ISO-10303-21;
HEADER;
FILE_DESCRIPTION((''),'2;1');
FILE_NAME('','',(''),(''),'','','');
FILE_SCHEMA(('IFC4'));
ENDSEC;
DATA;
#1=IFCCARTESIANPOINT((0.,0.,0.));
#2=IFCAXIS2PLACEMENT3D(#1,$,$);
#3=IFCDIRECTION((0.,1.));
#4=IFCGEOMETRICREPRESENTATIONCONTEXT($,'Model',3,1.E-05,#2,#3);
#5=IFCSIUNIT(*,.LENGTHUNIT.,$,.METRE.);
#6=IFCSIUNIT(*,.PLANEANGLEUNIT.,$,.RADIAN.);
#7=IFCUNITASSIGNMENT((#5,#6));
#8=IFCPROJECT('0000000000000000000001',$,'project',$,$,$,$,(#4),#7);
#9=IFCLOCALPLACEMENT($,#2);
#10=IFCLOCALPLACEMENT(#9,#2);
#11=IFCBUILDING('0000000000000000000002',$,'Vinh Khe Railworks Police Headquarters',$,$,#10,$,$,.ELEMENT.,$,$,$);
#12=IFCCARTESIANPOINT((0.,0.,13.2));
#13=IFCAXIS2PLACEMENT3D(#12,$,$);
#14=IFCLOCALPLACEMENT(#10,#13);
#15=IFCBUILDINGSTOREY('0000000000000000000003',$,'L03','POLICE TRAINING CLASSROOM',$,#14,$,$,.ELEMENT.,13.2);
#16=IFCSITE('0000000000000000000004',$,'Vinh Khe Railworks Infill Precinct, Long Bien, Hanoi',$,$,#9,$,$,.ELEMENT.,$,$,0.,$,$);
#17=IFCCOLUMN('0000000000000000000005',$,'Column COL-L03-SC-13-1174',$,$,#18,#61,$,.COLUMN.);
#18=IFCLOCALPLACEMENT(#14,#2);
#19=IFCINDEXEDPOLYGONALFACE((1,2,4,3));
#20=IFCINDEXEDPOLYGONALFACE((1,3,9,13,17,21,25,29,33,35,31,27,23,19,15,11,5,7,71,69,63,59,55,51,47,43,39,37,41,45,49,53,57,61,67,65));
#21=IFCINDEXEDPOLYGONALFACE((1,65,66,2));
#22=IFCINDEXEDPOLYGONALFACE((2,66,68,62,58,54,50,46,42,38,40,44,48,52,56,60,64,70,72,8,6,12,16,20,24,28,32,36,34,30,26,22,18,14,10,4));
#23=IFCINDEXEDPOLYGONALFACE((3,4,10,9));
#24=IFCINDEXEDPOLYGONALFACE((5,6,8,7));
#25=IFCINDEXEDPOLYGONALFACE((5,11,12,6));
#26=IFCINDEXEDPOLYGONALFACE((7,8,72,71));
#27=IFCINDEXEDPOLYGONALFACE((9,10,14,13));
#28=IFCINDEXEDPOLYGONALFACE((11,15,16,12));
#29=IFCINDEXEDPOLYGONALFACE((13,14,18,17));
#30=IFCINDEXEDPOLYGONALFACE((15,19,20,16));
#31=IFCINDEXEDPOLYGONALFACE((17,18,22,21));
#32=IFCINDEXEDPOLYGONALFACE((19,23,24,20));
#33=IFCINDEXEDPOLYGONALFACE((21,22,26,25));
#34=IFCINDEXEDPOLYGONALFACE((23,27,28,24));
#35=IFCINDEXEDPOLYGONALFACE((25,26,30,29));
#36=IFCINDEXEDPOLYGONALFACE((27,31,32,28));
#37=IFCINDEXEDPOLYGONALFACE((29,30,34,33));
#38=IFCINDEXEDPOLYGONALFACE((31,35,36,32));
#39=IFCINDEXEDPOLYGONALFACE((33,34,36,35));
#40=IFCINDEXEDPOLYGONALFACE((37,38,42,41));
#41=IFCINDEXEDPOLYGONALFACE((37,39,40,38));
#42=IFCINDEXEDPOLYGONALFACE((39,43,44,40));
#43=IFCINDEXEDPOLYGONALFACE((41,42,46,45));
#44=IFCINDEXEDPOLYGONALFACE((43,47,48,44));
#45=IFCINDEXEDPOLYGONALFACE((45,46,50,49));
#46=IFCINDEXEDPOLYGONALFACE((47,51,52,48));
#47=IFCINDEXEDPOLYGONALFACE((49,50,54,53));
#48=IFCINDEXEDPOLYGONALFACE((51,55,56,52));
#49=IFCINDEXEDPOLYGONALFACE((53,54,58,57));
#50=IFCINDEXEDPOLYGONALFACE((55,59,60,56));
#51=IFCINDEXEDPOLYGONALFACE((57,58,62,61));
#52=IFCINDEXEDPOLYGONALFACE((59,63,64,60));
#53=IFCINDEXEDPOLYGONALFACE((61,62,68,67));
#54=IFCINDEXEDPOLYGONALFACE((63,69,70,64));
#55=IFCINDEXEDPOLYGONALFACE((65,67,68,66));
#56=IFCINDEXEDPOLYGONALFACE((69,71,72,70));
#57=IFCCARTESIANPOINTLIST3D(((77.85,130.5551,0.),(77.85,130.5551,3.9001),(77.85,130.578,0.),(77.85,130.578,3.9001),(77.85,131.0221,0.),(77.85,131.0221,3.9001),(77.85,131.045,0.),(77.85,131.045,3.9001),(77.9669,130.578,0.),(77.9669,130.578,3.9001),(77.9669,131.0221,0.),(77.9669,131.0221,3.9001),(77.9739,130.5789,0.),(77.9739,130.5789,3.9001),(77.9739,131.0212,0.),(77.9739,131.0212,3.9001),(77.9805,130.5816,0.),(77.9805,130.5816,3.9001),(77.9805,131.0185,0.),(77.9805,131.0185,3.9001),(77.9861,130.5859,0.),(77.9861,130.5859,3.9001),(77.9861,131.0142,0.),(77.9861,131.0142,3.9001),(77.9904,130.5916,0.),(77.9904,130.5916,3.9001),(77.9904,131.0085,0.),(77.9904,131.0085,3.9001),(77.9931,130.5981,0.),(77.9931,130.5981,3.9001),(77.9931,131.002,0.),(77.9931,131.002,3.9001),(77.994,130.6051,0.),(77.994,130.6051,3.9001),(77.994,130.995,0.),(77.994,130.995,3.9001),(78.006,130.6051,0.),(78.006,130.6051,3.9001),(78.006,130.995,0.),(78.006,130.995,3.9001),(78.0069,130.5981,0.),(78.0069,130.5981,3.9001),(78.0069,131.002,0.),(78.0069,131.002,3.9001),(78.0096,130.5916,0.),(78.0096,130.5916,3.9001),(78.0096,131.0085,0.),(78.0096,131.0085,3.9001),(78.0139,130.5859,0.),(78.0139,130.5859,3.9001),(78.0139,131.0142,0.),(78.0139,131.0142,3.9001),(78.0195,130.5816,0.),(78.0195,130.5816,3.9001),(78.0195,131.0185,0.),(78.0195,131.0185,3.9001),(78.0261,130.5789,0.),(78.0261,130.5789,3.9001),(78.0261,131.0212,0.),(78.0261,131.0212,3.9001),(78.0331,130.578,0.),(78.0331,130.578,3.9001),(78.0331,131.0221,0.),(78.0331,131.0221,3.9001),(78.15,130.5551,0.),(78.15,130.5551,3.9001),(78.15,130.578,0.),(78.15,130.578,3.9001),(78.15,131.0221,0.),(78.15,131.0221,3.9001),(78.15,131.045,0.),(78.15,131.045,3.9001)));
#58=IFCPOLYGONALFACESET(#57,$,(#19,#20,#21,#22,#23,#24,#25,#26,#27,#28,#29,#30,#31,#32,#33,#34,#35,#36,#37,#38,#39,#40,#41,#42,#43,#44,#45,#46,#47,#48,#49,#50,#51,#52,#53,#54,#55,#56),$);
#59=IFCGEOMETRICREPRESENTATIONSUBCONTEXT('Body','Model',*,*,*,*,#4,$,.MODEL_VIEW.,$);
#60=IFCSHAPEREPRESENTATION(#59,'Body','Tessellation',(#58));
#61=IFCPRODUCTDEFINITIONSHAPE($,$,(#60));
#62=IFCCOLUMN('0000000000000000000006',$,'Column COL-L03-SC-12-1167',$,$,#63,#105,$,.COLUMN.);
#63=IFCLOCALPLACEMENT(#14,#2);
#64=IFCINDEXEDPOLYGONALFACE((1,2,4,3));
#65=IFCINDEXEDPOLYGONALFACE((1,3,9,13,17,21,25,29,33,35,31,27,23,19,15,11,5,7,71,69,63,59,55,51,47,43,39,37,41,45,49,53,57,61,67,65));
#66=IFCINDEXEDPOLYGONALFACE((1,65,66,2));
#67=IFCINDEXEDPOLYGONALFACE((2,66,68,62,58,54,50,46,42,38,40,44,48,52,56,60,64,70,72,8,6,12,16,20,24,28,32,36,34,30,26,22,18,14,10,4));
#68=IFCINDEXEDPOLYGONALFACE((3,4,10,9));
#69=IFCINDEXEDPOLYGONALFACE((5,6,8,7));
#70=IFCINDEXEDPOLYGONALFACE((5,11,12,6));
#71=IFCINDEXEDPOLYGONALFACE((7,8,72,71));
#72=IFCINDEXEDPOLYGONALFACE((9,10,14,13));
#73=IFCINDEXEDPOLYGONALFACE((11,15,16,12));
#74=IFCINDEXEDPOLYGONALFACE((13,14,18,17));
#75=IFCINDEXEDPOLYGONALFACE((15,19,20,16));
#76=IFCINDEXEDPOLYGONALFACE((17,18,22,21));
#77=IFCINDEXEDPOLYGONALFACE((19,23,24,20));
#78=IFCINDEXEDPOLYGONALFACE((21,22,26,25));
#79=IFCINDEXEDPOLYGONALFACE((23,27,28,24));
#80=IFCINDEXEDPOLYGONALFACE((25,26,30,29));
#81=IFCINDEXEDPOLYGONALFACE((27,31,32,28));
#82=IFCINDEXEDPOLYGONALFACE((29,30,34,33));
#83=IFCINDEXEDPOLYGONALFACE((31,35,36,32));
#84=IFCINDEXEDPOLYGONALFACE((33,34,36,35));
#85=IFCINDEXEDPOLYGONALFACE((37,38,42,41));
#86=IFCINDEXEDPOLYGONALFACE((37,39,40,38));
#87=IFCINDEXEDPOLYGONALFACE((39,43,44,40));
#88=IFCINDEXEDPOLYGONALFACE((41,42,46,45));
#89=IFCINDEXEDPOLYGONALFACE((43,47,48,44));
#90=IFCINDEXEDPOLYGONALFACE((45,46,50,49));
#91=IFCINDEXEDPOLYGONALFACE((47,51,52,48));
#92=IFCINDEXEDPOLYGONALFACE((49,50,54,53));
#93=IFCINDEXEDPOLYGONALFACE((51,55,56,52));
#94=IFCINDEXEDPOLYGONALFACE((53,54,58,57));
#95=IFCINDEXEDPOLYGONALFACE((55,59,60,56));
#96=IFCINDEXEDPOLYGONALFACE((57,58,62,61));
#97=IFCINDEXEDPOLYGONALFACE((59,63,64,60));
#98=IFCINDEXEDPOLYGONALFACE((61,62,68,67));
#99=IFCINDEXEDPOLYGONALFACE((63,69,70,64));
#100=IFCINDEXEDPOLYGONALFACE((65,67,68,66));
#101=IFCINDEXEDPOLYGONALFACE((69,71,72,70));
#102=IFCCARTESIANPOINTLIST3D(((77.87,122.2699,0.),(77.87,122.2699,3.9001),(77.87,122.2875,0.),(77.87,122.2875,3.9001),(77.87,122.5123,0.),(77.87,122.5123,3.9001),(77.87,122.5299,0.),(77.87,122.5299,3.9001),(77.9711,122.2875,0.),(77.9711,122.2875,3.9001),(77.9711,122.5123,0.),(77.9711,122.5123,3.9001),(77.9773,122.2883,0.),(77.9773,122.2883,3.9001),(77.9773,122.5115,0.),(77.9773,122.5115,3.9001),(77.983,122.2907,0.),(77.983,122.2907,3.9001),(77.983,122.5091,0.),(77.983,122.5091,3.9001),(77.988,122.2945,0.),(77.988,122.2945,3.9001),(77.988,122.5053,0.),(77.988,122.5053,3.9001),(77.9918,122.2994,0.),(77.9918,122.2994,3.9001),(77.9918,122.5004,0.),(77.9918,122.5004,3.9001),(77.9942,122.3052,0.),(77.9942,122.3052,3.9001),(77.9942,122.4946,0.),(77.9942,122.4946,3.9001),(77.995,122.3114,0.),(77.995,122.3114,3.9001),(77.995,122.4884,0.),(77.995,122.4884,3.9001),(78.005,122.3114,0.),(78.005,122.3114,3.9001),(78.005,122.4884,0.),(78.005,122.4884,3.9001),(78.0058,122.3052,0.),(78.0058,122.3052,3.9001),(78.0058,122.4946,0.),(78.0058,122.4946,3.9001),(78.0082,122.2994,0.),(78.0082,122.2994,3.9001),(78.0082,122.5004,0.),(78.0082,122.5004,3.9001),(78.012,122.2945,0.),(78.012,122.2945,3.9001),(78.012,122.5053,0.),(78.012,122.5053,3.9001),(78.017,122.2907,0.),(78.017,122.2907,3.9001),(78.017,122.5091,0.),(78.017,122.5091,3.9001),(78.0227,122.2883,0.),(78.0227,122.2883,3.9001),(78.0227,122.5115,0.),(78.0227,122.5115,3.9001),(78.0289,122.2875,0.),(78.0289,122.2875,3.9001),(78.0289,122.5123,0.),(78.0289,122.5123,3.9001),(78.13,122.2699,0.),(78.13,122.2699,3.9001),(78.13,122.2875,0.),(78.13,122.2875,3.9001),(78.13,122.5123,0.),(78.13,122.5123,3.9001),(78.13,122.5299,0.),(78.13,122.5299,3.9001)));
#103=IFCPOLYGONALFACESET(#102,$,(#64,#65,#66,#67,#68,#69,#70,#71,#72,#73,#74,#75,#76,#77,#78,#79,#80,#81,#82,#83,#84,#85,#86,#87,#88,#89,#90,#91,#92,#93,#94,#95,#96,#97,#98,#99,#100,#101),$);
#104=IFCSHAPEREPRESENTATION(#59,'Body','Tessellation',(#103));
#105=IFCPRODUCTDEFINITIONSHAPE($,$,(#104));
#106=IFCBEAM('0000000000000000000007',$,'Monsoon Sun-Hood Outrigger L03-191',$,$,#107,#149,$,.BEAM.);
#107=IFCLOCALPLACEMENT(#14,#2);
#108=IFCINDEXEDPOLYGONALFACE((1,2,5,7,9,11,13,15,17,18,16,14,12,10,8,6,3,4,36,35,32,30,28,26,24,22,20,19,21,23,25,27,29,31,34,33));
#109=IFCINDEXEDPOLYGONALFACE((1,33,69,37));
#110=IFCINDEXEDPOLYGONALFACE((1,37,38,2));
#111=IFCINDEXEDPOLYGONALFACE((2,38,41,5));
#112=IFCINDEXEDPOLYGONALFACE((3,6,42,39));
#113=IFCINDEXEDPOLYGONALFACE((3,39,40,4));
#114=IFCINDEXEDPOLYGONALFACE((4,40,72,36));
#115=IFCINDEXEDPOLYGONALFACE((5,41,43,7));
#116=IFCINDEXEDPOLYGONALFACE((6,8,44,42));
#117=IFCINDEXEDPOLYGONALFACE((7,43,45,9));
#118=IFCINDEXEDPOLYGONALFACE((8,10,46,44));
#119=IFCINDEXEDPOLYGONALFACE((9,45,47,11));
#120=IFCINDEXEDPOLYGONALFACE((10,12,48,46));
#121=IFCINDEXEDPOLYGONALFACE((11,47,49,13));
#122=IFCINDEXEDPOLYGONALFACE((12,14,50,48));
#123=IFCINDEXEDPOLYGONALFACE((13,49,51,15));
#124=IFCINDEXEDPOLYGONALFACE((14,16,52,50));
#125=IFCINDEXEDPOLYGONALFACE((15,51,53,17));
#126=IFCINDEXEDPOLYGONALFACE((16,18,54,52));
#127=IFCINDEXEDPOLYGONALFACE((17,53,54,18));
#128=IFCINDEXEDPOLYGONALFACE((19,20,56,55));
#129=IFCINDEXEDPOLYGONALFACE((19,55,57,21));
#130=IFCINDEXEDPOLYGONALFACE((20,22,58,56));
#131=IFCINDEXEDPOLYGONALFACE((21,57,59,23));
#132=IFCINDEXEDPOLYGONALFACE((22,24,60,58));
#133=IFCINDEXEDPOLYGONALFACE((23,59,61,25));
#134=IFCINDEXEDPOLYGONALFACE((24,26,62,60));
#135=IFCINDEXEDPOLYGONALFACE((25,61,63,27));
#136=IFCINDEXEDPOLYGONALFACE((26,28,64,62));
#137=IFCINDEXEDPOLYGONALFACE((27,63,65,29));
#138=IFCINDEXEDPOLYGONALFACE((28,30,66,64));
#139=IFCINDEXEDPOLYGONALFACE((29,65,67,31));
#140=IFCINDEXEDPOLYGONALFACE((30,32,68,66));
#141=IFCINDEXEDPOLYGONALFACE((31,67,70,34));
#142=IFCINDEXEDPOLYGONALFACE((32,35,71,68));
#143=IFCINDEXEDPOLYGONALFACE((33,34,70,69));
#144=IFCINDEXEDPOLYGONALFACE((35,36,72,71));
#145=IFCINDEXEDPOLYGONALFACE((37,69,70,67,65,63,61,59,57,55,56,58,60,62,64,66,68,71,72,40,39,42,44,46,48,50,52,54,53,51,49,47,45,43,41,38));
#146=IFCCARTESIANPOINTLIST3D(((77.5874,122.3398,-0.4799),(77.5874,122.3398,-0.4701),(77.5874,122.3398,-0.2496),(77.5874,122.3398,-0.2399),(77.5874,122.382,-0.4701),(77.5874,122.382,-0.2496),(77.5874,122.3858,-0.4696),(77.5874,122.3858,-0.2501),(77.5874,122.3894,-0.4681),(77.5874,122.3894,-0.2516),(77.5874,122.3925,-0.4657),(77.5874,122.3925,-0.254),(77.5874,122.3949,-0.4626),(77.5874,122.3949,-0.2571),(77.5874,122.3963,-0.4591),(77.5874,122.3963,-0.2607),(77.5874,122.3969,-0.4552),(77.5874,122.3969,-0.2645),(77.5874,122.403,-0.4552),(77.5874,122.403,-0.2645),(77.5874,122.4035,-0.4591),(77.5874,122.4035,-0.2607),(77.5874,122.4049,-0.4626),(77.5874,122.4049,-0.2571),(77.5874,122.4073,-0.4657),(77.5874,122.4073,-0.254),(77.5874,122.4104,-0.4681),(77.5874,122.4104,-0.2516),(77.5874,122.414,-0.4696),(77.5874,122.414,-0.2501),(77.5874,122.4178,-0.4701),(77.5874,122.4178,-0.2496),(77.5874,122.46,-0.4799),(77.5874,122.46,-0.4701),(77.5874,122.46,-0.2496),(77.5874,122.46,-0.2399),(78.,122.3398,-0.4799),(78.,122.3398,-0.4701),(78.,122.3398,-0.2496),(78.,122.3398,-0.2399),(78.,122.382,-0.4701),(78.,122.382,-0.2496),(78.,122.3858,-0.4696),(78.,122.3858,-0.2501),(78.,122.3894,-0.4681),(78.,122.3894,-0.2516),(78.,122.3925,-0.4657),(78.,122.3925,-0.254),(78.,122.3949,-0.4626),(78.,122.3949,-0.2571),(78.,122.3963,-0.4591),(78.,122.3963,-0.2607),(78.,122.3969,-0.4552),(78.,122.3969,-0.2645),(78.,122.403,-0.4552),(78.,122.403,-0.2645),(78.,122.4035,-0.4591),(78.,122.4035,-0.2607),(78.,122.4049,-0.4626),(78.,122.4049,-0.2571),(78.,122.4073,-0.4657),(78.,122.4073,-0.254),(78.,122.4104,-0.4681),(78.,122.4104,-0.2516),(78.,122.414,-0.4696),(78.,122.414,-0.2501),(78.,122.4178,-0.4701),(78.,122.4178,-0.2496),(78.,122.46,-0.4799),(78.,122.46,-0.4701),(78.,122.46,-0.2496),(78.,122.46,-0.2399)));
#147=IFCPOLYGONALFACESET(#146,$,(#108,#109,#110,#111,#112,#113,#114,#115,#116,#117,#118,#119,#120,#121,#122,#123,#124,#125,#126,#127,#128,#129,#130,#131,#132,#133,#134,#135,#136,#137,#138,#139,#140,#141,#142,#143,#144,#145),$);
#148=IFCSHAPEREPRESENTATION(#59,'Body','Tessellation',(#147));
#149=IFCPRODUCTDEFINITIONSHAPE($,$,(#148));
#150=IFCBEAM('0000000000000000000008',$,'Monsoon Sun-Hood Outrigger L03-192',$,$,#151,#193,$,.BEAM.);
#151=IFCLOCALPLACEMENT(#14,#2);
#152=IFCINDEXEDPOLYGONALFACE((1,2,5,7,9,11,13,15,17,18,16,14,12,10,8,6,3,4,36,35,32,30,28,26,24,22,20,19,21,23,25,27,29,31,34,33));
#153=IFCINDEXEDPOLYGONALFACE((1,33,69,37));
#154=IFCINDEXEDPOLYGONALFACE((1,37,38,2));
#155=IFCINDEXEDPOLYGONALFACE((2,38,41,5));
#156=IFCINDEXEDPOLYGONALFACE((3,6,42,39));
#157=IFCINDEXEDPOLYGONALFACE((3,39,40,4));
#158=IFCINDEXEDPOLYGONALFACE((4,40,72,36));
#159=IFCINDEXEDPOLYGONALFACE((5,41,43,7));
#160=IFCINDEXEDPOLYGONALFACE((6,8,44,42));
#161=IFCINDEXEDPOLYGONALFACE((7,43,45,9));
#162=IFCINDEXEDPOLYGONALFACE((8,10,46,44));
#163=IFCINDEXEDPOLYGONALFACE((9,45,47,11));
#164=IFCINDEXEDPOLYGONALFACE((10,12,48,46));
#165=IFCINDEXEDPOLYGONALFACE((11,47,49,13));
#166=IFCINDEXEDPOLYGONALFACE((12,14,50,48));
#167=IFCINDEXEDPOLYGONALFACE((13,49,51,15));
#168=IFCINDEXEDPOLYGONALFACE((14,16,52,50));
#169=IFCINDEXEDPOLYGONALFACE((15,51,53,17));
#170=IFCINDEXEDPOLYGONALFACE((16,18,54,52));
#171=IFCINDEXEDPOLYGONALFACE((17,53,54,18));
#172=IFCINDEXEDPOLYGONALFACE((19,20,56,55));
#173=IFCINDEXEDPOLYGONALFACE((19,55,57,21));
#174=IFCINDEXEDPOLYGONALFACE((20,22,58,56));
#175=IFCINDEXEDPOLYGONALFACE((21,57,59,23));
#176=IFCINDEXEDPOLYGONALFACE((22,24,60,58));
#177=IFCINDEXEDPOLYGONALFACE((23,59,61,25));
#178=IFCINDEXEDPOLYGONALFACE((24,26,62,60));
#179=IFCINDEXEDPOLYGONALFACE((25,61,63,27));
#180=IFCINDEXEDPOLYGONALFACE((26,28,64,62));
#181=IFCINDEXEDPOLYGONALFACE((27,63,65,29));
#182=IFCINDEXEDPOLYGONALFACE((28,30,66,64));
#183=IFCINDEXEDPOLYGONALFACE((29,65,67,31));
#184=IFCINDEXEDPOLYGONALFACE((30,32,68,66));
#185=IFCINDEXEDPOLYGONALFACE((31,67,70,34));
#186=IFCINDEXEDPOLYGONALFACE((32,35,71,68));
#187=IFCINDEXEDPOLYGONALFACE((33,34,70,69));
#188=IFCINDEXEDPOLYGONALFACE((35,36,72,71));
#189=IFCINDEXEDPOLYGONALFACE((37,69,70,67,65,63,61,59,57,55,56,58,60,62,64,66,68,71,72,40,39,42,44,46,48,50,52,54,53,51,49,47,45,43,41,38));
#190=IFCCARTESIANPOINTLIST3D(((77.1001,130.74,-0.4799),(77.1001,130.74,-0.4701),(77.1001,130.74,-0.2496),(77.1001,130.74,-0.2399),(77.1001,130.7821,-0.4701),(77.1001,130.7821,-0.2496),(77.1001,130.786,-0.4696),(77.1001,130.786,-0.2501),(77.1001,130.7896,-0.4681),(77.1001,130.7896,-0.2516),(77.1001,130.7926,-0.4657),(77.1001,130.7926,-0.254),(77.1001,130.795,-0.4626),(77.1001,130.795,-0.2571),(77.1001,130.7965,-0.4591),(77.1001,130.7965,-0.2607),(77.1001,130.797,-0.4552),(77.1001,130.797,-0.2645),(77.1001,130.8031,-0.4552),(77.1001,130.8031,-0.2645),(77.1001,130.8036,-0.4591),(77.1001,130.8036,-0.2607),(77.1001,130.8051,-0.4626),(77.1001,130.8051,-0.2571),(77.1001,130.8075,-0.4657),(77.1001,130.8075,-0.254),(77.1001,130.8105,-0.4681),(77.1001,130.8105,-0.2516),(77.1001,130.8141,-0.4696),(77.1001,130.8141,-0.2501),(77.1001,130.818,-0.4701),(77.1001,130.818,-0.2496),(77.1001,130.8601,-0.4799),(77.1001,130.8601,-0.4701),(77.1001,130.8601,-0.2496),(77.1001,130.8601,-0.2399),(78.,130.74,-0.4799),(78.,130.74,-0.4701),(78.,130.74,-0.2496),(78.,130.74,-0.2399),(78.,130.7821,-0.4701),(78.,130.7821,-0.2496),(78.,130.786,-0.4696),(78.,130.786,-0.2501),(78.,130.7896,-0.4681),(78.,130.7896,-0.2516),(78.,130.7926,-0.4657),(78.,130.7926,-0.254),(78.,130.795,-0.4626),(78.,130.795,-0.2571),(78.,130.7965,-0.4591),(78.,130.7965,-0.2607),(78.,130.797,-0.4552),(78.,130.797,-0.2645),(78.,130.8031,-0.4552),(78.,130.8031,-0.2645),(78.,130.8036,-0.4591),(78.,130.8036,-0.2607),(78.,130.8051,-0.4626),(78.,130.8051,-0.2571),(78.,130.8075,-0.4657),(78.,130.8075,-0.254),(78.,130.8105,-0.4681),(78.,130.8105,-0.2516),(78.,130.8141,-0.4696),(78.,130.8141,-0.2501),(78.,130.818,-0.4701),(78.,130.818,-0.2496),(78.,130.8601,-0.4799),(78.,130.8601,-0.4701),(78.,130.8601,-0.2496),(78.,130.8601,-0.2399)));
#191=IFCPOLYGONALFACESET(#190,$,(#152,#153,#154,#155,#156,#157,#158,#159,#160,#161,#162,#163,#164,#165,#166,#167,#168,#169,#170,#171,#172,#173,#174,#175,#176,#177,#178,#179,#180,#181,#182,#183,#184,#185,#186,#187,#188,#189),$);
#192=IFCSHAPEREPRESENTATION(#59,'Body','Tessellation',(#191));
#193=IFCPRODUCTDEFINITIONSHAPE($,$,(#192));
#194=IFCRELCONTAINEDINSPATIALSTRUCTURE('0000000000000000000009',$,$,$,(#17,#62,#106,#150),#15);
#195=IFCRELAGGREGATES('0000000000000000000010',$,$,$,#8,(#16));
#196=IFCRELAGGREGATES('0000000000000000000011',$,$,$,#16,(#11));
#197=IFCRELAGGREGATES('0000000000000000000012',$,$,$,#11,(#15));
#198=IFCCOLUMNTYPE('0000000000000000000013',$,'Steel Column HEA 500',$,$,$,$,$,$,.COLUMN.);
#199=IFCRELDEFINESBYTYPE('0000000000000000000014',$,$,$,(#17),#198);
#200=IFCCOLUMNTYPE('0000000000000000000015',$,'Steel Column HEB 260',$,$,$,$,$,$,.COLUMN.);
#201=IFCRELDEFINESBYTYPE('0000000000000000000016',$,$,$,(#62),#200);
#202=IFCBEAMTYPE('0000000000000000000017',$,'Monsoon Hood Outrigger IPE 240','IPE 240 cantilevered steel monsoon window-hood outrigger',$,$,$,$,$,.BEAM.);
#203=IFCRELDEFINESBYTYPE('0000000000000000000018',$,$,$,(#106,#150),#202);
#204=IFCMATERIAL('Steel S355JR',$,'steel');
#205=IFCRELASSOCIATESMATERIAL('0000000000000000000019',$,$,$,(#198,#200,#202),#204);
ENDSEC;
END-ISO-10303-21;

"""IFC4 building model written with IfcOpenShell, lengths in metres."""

from ifc_helpers import new_model, si_unit, direction, frame, origin, origin_2d, place, context, subcontext, project, spatial, i_section, extrude, material, material_profile, profile_set, type_object, element, save


model = new_model("IFC4")

# Units and contexts
model_context = context("Model", 3, precision=1e-05, world=origin(), true_north=direction((0.0, 1.0)))
body_context = subcontext(model_context, "Body", "Model", "MODEL_VIEW")
ifc_project = project(units=[si_unit("LENGTHUNIT", "METRE"), si_unit("PLANEANGLEUNIT", "RADIAN")], contexts=[model_context])

# Site, building, storey
site_placement = place(None, origin())
site = spatial("IfcSite", under=ifc_project, at=site_placement, Name="Vinh Khe Railworks Infill Precinct, Long Bien, Hanoi", CompositionType="ELEMENT", RefElevation=0.0)
building_placement = place(site_placement, origin())
building = spatial("IfcBuilding", under=site, at=building_placement, Name="Vinh Khe Railworks Police Headquarters", CompositionType="ELEMENT")
storey_placement = place(building_placement, frame((0.0, 0.0, 13.2)))
storey = spatial("IfcBuildingStorey", under=building, at=storey_placement, Name="L03", Description="POLICE TRAINING CLASSROOM", CompositionType="ELEMENT", Elevation=13.2)

# Columns
ifc_material_1 = material(Name="Steel S355JR", Category="steel")
ifc_material_profile_1 = material_profile(ifc_material_1, i_section(OverallWidth=0.3, OverallDepth=0.49, WebThickness=0.012, FlangeThickness=0.0229, FilletRadius=0.0271, at=origin_2d()), Name="HEA 500")
ifc_profile_set_1 = profile_set([ifc_material_profile_1], Name="Steel S355JR")
column_type_1 = type_object("IfcColumnType", Name="Steel Column HEA 500", PredefinedType="COLUMN", material=ifc_profile_set_1)
column_1_placement = place(storey_placement, frame((78.0, 130.8, 0.0), z_axis=(0.0, 0.0, 1.0), x_axis=(1.0, 0.0, 0.0)))
element("IfcColumn", 1, at=column_1_placement, inside=storey, type_object=column_type_1, Name="Column COL-L03-SC-13-1174", PredefinedType="COLUMN", context=body_context, shape_type="SweptSolid", body=[
    extrude(i_section(OverallWidth=0.3, OverallDepth=0.49, WebThickness=0.012, FlangeThickness=0.0229, FilletRadius=0.0271, at=origin_2d()), origin(), (0.0, 0.0, 1.0), 3.9001),
])
ifc_material_profile_2 = material_profile(ifc_material_1, i_section(OverallWidth=0.26, OverallDepth=0.26, WebThickness=0.01, FlangeThickness=0.0176, FilletRadius=0.0239, at=origin_2d()), Name="HEB 260")
ifc_profile_set_2 = profile_set([ifc_material_profile_2], Name="Steel S355JR")
column_type_2 = type_object("IfcColumnType", Name="Steel Column HEB 260", PredefinedType="COLUMN", material=ifc_profile_set_2)
column_2_placement = place(storey_placement, frame((78.0, 122.3999, 0.0), z_axis=(0.0, 0.0, 1.0), x_axis=(1.0, 0.0, 0.0)))
element("IfcColumn", 2, at=column_2_placement, inside=storey, type_object=column_type_2, Name="Column COL-L03-SC-12-1167", PredefinedType="COLUMN", context=body_context, shape_type="SweptSolid", body=[
    extrude(i_section(OverallWidth=0.26, OverallDepth=0.26, WebThickness=0.01, FlangeThickness=0.0176, FilletRadius=0.0239, at=origin_2d()), origin(), (0.0, 0.0, 1.0), 3.9001),
])

# Beams
ifc_material_profile_3 = material_profile(ifc_material_1, i_section(OverallWidth=0.1201, OverallDepth=0.24, WebThickness=0.0061, FlangeThickness=0.0098, FilletRadius=0.0149, at=origin_2d()), Name="IPE 240")
ifc_profile_set_3 = profile_set([ifc_material_profile_3], Name="Steel S355JR")
beam_type_1 = type_object("IfcBeamType", Name="Monsoon Hood Outrigger IPE 240", Description="IPE 240 cantilevered steel monsoon window-hood outrigger", PredefinedType="BEAM", material=ifc_profile_set_3)
beam_1_placement = place(storey_placement, frame((77.5874, 122.3999, -0.3599), z_axis=(1.0, 0.0, 0.0), x_axis=(0.0, 1.0, 0.0)))
element("IfcBeam", 3, at=beam_1_placement, inside=storey, type_object=beam_type_1, Name="Monsoon Sun-Hood Outrigger L03-191", PredefinedType="BEAM", context=body_context, shape_type="SweptSolid", body=[
    extrude(i_section(OverallWidth=0.1201, OverallDepth=0.24, WebThickness=0.0061, FlangeThickness=0.0098, FilletRadius=0.0149, at=origin_2d()), origin(), (0.0, 0.0, 1.0), 0.4126),
])
beam_2_placement = place(storey_placement, frame((77.1001, 130.8, -0.3599), z_axis=(1.0, 0.0, 0.0), x_axis=(0.0, 1.0, 0.0)))
element("IfcBeam", 4, at=beam_2_placement, inside=storey, type_object=beam_type_1, Name="Monsoon Sun-Hood Outrigger L03-192", PredefinedType="BEAM", context=body_context, shape_type="SweptSolid", body=[
    extrude(i_section(OverallWidth=0.1201, OverallDepth=0.24, WebThickness=0.0061, FlangeThickness=0.0098, FilletRadius=0.0149, at=origin_2d()), origin(), (0.0, 0.0, 1.0), 0.8999),
])

save(model, "model.ifc")
